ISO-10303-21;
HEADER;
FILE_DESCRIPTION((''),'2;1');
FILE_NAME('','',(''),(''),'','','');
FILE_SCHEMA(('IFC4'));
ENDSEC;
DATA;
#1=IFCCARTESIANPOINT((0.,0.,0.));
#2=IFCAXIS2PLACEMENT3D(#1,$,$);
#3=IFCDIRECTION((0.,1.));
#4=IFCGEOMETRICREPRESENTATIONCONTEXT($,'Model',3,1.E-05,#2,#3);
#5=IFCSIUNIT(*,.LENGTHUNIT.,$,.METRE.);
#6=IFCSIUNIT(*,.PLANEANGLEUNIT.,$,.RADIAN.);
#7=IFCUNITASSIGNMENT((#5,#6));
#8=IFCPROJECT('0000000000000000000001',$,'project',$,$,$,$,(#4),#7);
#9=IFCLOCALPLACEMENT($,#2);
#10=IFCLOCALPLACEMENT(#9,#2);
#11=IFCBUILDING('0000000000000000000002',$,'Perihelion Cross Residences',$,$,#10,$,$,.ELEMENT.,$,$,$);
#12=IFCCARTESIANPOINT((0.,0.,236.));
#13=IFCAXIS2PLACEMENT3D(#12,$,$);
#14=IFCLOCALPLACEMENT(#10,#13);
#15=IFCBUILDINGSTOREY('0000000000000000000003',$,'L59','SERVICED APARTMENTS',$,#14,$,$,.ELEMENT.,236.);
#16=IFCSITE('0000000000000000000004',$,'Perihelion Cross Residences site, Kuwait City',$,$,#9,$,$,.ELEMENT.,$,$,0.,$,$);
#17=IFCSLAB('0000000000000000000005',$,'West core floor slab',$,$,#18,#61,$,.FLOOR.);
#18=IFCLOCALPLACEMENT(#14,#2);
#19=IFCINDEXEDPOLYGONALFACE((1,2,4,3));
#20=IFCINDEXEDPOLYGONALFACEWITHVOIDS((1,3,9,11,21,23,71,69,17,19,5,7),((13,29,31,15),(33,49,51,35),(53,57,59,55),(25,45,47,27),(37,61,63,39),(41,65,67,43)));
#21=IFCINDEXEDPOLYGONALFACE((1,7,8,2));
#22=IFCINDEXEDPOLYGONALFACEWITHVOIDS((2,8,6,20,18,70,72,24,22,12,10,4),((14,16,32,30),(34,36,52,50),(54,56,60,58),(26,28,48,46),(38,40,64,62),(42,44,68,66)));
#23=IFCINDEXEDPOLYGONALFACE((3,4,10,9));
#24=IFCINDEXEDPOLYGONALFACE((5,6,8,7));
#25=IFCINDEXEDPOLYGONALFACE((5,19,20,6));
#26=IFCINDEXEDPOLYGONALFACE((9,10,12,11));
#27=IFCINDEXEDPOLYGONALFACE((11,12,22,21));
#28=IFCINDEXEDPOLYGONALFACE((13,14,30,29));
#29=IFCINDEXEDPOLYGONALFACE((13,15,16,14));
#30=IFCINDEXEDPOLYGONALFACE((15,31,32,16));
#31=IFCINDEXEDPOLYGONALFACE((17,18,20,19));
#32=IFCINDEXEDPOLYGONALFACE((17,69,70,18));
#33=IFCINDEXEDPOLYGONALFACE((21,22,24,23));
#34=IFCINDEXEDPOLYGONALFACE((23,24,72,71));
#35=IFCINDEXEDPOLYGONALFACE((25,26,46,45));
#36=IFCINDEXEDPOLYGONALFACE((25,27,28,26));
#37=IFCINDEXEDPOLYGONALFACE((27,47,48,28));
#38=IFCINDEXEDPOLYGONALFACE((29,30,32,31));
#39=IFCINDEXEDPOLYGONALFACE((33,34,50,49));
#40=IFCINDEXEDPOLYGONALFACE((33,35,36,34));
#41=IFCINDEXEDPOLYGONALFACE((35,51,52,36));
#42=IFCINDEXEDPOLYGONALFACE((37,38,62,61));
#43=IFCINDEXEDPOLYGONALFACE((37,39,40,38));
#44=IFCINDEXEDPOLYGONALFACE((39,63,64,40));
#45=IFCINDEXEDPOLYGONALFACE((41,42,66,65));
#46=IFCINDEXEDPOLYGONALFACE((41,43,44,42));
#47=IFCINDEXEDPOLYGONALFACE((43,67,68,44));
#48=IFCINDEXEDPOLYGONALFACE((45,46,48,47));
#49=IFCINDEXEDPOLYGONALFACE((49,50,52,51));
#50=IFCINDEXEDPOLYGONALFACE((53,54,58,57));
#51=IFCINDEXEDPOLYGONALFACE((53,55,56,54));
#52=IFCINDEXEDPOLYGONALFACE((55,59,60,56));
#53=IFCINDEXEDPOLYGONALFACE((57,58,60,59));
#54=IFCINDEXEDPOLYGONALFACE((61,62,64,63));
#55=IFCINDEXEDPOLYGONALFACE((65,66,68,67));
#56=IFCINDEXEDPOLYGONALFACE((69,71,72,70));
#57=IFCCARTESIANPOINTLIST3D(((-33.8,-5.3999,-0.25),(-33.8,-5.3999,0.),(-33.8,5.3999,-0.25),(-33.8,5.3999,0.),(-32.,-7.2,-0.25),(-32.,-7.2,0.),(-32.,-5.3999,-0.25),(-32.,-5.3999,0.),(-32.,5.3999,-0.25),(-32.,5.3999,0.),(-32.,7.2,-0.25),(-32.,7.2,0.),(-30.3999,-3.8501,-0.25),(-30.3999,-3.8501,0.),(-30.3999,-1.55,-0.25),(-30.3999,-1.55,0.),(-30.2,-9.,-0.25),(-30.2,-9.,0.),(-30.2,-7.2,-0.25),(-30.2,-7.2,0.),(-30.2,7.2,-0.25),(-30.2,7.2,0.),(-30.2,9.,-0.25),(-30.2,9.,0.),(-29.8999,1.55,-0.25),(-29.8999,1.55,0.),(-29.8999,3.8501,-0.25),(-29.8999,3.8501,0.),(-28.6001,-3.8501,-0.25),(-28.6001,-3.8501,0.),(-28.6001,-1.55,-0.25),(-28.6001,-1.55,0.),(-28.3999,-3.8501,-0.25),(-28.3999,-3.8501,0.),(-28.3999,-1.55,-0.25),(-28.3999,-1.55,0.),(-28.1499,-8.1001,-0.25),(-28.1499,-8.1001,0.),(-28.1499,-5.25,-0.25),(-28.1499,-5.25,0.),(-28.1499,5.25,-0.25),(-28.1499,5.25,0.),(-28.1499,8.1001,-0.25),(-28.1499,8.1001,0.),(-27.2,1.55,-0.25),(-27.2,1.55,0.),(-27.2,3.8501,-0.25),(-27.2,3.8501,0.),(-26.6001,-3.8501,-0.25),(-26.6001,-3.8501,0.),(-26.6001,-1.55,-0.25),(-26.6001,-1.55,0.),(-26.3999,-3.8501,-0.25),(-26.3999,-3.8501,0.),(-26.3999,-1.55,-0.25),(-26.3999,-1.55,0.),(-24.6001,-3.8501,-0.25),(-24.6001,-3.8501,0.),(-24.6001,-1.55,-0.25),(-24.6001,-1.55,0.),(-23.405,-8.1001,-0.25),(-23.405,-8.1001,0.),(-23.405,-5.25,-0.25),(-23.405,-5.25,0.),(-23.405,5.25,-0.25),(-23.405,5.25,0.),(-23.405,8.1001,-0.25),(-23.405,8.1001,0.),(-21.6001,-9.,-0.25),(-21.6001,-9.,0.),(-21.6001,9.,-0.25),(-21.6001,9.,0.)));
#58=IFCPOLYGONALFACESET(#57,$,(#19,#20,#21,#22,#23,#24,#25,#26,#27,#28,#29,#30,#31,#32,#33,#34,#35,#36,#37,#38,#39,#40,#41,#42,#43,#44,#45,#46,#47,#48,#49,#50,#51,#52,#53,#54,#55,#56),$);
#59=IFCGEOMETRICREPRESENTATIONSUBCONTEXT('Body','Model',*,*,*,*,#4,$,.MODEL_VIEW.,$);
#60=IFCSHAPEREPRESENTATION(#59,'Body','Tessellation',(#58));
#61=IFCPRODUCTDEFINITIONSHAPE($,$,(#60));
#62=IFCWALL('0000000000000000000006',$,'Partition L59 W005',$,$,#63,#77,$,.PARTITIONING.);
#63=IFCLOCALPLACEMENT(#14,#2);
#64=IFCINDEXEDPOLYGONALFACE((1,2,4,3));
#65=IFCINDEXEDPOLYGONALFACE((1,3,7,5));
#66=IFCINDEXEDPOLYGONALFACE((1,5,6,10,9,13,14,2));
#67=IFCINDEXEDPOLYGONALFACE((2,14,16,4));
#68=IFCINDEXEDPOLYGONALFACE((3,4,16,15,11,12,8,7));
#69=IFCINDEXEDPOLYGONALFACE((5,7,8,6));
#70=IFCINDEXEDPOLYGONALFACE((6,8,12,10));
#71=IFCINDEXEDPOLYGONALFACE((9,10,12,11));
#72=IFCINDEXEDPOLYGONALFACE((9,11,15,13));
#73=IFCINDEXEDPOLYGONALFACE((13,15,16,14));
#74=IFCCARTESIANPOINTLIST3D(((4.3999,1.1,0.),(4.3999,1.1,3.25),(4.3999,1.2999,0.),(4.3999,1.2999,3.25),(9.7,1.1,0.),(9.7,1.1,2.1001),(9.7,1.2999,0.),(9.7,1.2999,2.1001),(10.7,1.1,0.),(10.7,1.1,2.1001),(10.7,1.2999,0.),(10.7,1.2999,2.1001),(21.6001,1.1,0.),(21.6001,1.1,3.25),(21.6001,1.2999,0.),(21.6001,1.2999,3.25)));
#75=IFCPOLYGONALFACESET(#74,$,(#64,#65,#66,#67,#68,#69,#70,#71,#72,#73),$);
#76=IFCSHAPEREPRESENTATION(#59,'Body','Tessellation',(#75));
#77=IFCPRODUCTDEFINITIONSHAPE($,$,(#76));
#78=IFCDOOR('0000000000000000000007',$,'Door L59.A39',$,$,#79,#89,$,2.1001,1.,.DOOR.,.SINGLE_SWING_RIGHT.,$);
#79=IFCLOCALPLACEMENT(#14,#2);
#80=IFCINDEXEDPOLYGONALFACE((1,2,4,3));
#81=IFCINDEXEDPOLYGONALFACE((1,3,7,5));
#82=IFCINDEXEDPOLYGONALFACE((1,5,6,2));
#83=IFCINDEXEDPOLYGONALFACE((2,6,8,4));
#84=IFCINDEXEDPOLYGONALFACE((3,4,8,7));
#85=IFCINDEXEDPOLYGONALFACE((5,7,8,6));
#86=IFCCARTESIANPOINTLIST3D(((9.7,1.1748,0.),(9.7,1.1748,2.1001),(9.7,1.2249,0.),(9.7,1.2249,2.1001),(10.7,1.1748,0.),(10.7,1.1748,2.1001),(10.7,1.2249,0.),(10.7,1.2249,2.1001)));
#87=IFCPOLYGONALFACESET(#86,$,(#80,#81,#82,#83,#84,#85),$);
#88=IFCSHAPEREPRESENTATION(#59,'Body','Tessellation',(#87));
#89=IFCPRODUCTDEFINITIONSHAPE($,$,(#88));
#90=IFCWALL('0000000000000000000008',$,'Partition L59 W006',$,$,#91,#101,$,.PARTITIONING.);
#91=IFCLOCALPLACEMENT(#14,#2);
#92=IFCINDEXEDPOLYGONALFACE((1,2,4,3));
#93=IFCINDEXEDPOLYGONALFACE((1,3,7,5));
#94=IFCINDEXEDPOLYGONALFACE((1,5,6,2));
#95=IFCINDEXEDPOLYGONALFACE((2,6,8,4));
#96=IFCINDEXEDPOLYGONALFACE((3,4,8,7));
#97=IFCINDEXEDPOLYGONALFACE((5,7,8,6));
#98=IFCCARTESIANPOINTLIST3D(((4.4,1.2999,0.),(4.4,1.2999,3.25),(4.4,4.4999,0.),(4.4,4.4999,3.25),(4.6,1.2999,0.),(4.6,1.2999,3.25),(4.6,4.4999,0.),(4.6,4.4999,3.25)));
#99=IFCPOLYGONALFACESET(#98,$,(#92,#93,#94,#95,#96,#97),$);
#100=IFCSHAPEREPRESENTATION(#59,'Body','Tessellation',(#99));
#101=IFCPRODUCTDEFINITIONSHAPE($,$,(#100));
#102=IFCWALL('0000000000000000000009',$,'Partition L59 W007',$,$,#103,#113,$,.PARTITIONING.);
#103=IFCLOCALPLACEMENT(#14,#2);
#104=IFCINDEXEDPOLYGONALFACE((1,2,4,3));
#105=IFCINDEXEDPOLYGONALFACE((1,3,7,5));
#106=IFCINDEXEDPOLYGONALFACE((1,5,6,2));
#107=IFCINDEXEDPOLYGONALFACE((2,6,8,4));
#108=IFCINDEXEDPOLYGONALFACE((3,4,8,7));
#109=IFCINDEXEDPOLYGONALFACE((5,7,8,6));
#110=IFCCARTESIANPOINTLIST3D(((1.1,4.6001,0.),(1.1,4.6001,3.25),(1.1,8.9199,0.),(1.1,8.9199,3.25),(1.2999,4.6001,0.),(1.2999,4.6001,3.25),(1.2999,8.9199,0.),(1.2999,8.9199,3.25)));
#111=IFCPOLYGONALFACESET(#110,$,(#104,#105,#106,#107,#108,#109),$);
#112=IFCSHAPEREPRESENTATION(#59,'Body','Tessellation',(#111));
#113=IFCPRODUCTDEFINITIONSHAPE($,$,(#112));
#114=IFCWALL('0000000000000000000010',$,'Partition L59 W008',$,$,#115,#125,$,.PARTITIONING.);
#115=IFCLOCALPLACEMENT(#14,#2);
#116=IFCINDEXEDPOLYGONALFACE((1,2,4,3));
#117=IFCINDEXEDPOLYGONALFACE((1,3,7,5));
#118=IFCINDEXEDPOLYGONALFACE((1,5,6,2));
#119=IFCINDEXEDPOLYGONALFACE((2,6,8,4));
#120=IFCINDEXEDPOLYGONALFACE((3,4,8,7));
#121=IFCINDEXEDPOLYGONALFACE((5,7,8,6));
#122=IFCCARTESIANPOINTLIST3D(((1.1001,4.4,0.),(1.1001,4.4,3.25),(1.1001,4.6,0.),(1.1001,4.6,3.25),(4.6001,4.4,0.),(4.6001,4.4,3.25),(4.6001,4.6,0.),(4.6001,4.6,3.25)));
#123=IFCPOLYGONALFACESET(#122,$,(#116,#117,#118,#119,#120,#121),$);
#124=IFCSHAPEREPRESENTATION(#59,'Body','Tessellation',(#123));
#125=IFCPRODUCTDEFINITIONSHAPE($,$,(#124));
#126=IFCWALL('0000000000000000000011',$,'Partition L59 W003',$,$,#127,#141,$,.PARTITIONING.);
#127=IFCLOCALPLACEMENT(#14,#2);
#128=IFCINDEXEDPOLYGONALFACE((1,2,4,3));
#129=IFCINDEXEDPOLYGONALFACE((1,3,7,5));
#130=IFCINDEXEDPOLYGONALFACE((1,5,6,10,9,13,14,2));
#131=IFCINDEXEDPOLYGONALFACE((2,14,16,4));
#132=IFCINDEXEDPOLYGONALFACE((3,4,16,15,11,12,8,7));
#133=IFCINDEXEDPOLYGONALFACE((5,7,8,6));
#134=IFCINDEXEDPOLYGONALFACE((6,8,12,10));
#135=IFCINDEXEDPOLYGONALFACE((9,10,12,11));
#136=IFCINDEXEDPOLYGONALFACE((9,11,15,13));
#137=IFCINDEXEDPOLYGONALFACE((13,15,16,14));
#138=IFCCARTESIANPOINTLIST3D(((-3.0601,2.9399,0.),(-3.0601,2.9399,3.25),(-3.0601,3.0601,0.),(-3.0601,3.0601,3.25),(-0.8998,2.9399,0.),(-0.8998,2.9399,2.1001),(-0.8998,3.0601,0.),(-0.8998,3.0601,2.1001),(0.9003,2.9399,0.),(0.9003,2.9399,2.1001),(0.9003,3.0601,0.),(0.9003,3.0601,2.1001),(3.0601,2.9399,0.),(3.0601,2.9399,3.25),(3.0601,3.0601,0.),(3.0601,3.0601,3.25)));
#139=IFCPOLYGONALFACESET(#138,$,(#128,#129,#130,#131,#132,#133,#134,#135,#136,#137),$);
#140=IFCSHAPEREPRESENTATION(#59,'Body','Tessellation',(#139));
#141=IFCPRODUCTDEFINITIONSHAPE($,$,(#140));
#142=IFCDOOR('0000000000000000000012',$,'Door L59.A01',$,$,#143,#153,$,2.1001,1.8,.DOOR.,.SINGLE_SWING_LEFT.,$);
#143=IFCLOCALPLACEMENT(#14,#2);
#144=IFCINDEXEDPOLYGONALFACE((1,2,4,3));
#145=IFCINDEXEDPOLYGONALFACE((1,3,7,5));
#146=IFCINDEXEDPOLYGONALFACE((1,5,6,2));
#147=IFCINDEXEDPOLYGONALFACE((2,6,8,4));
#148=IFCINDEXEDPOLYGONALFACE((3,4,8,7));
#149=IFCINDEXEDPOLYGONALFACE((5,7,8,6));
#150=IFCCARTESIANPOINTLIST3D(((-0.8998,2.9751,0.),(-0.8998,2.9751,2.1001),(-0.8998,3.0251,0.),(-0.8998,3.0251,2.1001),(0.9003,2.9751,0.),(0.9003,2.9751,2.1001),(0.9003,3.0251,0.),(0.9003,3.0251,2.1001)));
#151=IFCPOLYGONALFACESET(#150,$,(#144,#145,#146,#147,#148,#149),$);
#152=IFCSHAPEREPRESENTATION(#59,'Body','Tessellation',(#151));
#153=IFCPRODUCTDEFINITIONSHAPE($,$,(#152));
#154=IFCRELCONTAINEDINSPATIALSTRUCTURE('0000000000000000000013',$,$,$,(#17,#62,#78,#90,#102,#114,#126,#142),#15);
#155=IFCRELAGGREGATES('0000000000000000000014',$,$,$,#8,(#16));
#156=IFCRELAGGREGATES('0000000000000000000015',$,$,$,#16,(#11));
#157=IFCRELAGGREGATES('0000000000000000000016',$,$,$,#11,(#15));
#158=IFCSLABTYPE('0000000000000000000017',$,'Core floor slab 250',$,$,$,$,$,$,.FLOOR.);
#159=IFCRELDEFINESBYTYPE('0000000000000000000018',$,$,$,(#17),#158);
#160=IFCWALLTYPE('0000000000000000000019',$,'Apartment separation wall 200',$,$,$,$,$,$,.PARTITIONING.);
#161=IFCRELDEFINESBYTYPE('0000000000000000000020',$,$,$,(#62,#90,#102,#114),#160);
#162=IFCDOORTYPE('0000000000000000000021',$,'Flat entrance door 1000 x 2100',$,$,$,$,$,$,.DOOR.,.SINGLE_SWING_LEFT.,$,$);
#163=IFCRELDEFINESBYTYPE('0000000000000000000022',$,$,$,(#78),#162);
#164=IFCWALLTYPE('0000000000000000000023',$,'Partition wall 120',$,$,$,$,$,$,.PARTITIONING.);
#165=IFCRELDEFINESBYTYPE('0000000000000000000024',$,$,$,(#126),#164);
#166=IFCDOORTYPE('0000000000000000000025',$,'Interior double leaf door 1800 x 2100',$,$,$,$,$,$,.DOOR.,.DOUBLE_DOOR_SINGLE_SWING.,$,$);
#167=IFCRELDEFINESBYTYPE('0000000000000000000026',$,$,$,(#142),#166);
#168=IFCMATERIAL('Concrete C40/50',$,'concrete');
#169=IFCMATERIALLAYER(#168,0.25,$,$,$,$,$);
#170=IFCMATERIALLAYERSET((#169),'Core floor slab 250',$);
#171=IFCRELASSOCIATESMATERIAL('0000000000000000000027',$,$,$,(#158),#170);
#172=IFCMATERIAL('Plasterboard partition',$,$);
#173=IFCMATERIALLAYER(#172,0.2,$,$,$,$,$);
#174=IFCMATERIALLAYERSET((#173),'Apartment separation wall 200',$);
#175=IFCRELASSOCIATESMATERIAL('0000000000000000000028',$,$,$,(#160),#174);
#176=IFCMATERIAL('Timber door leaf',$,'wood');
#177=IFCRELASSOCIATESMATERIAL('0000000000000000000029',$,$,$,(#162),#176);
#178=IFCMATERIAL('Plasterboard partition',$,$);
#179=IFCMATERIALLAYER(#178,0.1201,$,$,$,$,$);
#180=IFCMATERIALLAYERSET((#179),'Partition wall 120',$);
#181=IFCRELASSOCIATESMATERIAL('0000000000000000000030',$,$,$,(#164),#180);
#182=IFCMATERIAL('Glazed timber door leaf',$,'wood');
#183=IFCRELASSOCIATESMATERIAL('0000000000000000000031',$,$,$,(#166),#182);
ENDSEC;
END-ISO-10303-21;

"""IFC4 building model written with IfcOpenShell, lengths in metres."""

from ifc_helpers import new_model, si_unit, direction, frame, frame_2d, origin, place, context, subcontext, project, spatial, polyline, rectangle, outline, extrude, material, layer, layer_set, type_object, element, fill, save


model = new_model("IFC4")

# Units and contexts
model_context = context("Model", 3, precision=1e-05, world=origin(), true_north=direction((0.0, 1.0)))
body_context = subcontext(model_context, "Body", "Model", "MODEL_VIEW")
ifc_project = project(units=[si_unit("LENGTHUNIT", "METRE"), si_unit("PLANEANGLEUNIT", "RADIAN")], contexts=[model_context])

# Site, building, storey
site_placement = place(None, origin())
site = spatial("IfcSite", under=ifc_project, at=site_placement, Name="Perihelion Cross Residences site, Kuwait City", CompositionType="ELEMENT", RefElevation=0.0)
building_placement = place(site_placement, origin())
building = spatial("IfcBuilding", under=site, at=building_placement, Name="Perihelion Cross Residences", CompositionType="ELEMENT")
storey_placement = place(building_placement, frame((0.0, 0.0, 236.0)))
storey = spatial("IfcBuildingStorey", under=building, at=storey_placement, Name="L59", Description="SERVICED APARTMENTS", CompositionType="ELEMENT", Elevation=236.0)

# Slab
ifc_material_1 = material(Name="Concrete C40/50", Category="concrete")
ifc_layer_1 = layer(ifc_material_1, 0.25)
ifc_layer_set_1 = layer_set([ifc_layer_1], Name="Core floor slab 250")
slab_type = type_object("IfcSlabType", Name="Core floor slab 250", PredefinedType="FLOOR", material=ifc_layer_set_1)
slab_1_placement = place(storey_placement, frame((0.0, 0.0, -0.25)))
element("IfcSlab", 1, at=slab_1_placement, inside=storey, type_object=slab_type, Name="West core floor slab", PredefinedType="FLOOR", context=body_context, shape_type="SweptSolid", body=[
    extrude(outline(polyline([(-30.2, 7.2), (-32.0, 7.2), (-32.0, 5.3999), (-33.8, 5.3999), (-33.8, -5.3999), (-32.0, -5.3999), (-32.0, -7.2), (-30.2, -7.2), (-30.2, -9.0), (-21.6001, -9.0), (-21.6001, 9.0), (-30.2, 9.0), (-30.2, 7.2)]), holes=[polyline([(-28.1499, -8.1001), (-28.1499, -5.25), (-23.405, -5.25), (-23.405, -8.1001), (-28.1499, -8.1001)]), polyline([(-24.6001, -1.55), (-24.6001, -3.8501), (-26.3999, -3.8501), (-26.3999, -1.55), (-24.6001, -1.55)]), polyline([(-26.6001, -1.55), (-26.6001, -3.8501), (-28.3999, -3.8501), (-28.3999, -1.55), (-26.6001, -1.55)]), polyline([(-28.6001, -3.8501), (-30.3999, -3.8501), (-30.3999, -1.55), (-28.6001, -1.55), (-28.6001, -3.8501)]), polyline([(-27.2, 3.8501), (-27.2, 1.55), (-29.8999, 1.55), (-29.8999, 3.8501), (-27.2, 3.8501)]), polyline([(-23.405, 5.25), (-28.1499, 5.25), (-28.1499, 8.1001), (-23.405, 8.1001), (-23.405, 5.25)])]), origin(), (0.0, 0.0, 1.0), 0.25),
])

# Wall, opening, door
ifc_material_2 = material(Name="Plasterboard partition")
ifc_layer_2 = layer(ifc_material_2, 0.2)
ifc_layer_set_2 = layer_set([ifc_layer_2], Name="Apartment separation wall 200")
wall_type_1 = type_object("IfcWallType", Name="Apartment separation wall 200", PredefinedType="PARTITIONING", material=ifc_layer_set_2)
wall_1_placement = place(storey_placement, frame((4.3999, 1.2, 0.0), z_axis=(0.0, 0.0, 1.0), x_axis=(1.0, 0.0, 0.0)))
wall_1 = element("IfcWall", 2, at=wall_1_placement, inside=storey, type_object=wall_type_1, Name="Partition L59 W005", PredefinedType="PARTITIONING", context=body_context, shape_type="SweptSolid", body=[
    extrude(rectangle(XDim=17.2002, YDim=0.2, at=frame_2d((8.6001, 0.0))), origin(), (0.0, 0.0, 1.0), 3.25),
])
opening_1_placement = place(wall_1_placement, frame((5.3, 0.0, 0.0)))
opening_1 = element("IfcOpeningElement", 3, at=opening_1_placement, cuts=wall_1, PredefinedType="OPENING", context=body_context, shape_type="SweptSolid", body=[
    extrude(rectangle(XDim=1.0, YDim=2.1001, at=frame_2d((0.5, 1.05))), frame((0.0, 0.1099, 0.0), z_axis=(0.0, -1.0, 0.0), x_axis=(1.0, 0.0, 0.0)), (0.0, 0.0, 1.0), 0.22),
])
ifc_material_3 = material(Name="Timber door leaf", Category="wood")
door_type_1 = type_object("IfcDoorType", Name="Flat entrance door 1000 x 2100", OperationType="SINGLE_SWING_LEFT", PredefinedType="DOOR", material=ifc_material_3)
door_1_placement = place(opening_1_placement, origin())
door_1 = element("IfcDoor", 4, at=door_1_placement, inside=storey, type_object=door_type_1, Name="Door L59.A39", OperationType="SINGLE_SWING_RIGHT", OverallHeight=2.1001, OverallWidth=1.0, PredefinedType="DOOR", context=body_context, shape_type="SweptSolid", body=[
    extrude(rectangle(XDim=1.0, YDim=2.1001, at=frame_2d((0.5, 1.05))), frame((0.0, 0.0249, 0.0), z_axis=(0.0, -1.0, 0.0), x_axis=(1.0, 0.0, 0.0)), (0.0, 0.0, 1.0), 0.05),
])
fill(opening_1, door_1)

# Walls
wall_2_placement = place(storey_placement, frame((4.5, 4.5, 0.0), z_axis=(0.0, 0.0, 1.0), x_axis=(0.0, -1.0, 0.0)))
element("IfcWall", 5, at=wall_2_placement, inside=storey, type_object=wall_type_1, Name="Partition L59 W006", PredefinedType="PARTITIONING", context=body_context, shape_type="SweptSolid", body=[
    extrude(rectangle(XDim=3.2, YDim=0.2, at=frame_2d((1.6001, 0.0))), origin(), (0.0, 0.0, 1.0), 3.25),
])
wall_3_placement = place(storey_placement, frame((1.2, 8.9199, 0.0), z_axis=(0.0, 0.0, 1.0), x_axis=(0.0, -1.0, 0.0)))
element("IfcWall", 6, at=wall_3_placement, inside=storey, type_object=wall_type_1, Name="Partition L59 W007", PredefinedType="PARTITIONING", context=body_context, shape_type="SweptSolid", body=[
    extrude(rectangle(XDim=4.3198, YDim=0.2, at=frame_2d((2.1599, 0.0))), origin(), (0.0, 0.0, 1.0), 3.25),
])
wall_4_placement = place(storey_placement, frame((1.1001, 4.5, 0.0), z_axis=(0.0, 0.0, 1.0), x_axis=(1.0, 0.0, 0.0)))
element("IfcWall", 7, at=wall_4_placement, inside=storey, type_object=wall_type_1, Name="Partition L59 W008", PredefinedType="PARTITIONING", context=body_context, shape_type="SweptSolid", body=[
    extrude(rectangle(XDim=3.5, YDim=0.2, at=frame_2d((1.75, 0.0))), origin(), (0.0, 0.0, 1.0), 3.25),
])

# Wall, opening, door
ifc_material_4 = material(Name="Plasterboard partition")
ifc_layer_3 = layer(ifc_material_4, 0.1201)
ifc_layer_set_3 = layer_set([ifc_layer_3], Name="Partition wall 120")
wall_type_2 = type_object("IfcWallType", Name="Partition wall 120", PredefinedType="PARTITIONING", material=ifc_layer_set_3)
wall_5_placement = place(storey_placement, frame((3.0601, 3.0, 0.0), z_axis=(0.0, 0.0, 1.0), x_axis=(-1.0, 0.0, 0.0)))
wall_5 = element("IfcWall", 8, at=wall_5_placement, inside=storey, type_object=wall_type_2, Name="Partition L59 W003", PredefinedType="PARTITIONING", context=body_context, shape_type="SweptSolid", body=[
    extrude(rectangle(XDim=6.1201, YDim=0.1201, at=frame_2d((3.0601, 0.0))), origin(), (0.0, 0.0, 1.0), 3.25),
])
opening_2_placement = place(wall_5_placement, frame((2.1599, 0.0, 0.0)))
opening_2 = element("IfcOpeningElement", 9, at=opening_2_placement, cuts=wall_5, PredefinedType="OPENING", context=body_context, shape_type="SweptSolid", body=[
    extrude(rectangle(XDim=1.8, YDim=2.1001, at=frame_2d((0.8999, 1.05))), frame((0.0, 0.0701, 0.0), z_axis=(0.0, -1.0, 0.0), x_axis=(1.0, 0.0, 0.0)), (0.0, 0.0, 1.0), 0.1401),
])
ifc_material_5 = material(Name="Glazed timber door leaf", Category="wood")
door_type_2 = type_object("IfcDoorType", Name="Interior double leaf door 1800 x 2100", OperationType="DOUBLE_DOOR_SINGLE_SWING", PredefinedType="DOOR", material=ifc_material_5)
door_2_placement = place(opening_2_placement, origin())
door_2 = element("IfcDoor", 10, at=door_2_placement, inside=storey, type_object=door_type_2, Name="Door L59.A01", OperationType="SINGLE_SWING_LEFT", OverallHeight=2.1001, OverallWidth=1.8, PredefinedType="DOOR", context=body_context, shape_type="SweptSolid", body=[
    extrude(rectangle(XDim=1.8, YDim=2.1001, at=frame_2d((0.8999, 1.05))), frame((0.0, 0.0249, 0.0), z_axis=(0.0, -1.0, 0.0), x_axis=(1.0, 0.0, 0.0)), (0.0, 0.0, 1.0), 0.05),
])
fill(opening_2, door_2)

save(model, "model.ifc")
